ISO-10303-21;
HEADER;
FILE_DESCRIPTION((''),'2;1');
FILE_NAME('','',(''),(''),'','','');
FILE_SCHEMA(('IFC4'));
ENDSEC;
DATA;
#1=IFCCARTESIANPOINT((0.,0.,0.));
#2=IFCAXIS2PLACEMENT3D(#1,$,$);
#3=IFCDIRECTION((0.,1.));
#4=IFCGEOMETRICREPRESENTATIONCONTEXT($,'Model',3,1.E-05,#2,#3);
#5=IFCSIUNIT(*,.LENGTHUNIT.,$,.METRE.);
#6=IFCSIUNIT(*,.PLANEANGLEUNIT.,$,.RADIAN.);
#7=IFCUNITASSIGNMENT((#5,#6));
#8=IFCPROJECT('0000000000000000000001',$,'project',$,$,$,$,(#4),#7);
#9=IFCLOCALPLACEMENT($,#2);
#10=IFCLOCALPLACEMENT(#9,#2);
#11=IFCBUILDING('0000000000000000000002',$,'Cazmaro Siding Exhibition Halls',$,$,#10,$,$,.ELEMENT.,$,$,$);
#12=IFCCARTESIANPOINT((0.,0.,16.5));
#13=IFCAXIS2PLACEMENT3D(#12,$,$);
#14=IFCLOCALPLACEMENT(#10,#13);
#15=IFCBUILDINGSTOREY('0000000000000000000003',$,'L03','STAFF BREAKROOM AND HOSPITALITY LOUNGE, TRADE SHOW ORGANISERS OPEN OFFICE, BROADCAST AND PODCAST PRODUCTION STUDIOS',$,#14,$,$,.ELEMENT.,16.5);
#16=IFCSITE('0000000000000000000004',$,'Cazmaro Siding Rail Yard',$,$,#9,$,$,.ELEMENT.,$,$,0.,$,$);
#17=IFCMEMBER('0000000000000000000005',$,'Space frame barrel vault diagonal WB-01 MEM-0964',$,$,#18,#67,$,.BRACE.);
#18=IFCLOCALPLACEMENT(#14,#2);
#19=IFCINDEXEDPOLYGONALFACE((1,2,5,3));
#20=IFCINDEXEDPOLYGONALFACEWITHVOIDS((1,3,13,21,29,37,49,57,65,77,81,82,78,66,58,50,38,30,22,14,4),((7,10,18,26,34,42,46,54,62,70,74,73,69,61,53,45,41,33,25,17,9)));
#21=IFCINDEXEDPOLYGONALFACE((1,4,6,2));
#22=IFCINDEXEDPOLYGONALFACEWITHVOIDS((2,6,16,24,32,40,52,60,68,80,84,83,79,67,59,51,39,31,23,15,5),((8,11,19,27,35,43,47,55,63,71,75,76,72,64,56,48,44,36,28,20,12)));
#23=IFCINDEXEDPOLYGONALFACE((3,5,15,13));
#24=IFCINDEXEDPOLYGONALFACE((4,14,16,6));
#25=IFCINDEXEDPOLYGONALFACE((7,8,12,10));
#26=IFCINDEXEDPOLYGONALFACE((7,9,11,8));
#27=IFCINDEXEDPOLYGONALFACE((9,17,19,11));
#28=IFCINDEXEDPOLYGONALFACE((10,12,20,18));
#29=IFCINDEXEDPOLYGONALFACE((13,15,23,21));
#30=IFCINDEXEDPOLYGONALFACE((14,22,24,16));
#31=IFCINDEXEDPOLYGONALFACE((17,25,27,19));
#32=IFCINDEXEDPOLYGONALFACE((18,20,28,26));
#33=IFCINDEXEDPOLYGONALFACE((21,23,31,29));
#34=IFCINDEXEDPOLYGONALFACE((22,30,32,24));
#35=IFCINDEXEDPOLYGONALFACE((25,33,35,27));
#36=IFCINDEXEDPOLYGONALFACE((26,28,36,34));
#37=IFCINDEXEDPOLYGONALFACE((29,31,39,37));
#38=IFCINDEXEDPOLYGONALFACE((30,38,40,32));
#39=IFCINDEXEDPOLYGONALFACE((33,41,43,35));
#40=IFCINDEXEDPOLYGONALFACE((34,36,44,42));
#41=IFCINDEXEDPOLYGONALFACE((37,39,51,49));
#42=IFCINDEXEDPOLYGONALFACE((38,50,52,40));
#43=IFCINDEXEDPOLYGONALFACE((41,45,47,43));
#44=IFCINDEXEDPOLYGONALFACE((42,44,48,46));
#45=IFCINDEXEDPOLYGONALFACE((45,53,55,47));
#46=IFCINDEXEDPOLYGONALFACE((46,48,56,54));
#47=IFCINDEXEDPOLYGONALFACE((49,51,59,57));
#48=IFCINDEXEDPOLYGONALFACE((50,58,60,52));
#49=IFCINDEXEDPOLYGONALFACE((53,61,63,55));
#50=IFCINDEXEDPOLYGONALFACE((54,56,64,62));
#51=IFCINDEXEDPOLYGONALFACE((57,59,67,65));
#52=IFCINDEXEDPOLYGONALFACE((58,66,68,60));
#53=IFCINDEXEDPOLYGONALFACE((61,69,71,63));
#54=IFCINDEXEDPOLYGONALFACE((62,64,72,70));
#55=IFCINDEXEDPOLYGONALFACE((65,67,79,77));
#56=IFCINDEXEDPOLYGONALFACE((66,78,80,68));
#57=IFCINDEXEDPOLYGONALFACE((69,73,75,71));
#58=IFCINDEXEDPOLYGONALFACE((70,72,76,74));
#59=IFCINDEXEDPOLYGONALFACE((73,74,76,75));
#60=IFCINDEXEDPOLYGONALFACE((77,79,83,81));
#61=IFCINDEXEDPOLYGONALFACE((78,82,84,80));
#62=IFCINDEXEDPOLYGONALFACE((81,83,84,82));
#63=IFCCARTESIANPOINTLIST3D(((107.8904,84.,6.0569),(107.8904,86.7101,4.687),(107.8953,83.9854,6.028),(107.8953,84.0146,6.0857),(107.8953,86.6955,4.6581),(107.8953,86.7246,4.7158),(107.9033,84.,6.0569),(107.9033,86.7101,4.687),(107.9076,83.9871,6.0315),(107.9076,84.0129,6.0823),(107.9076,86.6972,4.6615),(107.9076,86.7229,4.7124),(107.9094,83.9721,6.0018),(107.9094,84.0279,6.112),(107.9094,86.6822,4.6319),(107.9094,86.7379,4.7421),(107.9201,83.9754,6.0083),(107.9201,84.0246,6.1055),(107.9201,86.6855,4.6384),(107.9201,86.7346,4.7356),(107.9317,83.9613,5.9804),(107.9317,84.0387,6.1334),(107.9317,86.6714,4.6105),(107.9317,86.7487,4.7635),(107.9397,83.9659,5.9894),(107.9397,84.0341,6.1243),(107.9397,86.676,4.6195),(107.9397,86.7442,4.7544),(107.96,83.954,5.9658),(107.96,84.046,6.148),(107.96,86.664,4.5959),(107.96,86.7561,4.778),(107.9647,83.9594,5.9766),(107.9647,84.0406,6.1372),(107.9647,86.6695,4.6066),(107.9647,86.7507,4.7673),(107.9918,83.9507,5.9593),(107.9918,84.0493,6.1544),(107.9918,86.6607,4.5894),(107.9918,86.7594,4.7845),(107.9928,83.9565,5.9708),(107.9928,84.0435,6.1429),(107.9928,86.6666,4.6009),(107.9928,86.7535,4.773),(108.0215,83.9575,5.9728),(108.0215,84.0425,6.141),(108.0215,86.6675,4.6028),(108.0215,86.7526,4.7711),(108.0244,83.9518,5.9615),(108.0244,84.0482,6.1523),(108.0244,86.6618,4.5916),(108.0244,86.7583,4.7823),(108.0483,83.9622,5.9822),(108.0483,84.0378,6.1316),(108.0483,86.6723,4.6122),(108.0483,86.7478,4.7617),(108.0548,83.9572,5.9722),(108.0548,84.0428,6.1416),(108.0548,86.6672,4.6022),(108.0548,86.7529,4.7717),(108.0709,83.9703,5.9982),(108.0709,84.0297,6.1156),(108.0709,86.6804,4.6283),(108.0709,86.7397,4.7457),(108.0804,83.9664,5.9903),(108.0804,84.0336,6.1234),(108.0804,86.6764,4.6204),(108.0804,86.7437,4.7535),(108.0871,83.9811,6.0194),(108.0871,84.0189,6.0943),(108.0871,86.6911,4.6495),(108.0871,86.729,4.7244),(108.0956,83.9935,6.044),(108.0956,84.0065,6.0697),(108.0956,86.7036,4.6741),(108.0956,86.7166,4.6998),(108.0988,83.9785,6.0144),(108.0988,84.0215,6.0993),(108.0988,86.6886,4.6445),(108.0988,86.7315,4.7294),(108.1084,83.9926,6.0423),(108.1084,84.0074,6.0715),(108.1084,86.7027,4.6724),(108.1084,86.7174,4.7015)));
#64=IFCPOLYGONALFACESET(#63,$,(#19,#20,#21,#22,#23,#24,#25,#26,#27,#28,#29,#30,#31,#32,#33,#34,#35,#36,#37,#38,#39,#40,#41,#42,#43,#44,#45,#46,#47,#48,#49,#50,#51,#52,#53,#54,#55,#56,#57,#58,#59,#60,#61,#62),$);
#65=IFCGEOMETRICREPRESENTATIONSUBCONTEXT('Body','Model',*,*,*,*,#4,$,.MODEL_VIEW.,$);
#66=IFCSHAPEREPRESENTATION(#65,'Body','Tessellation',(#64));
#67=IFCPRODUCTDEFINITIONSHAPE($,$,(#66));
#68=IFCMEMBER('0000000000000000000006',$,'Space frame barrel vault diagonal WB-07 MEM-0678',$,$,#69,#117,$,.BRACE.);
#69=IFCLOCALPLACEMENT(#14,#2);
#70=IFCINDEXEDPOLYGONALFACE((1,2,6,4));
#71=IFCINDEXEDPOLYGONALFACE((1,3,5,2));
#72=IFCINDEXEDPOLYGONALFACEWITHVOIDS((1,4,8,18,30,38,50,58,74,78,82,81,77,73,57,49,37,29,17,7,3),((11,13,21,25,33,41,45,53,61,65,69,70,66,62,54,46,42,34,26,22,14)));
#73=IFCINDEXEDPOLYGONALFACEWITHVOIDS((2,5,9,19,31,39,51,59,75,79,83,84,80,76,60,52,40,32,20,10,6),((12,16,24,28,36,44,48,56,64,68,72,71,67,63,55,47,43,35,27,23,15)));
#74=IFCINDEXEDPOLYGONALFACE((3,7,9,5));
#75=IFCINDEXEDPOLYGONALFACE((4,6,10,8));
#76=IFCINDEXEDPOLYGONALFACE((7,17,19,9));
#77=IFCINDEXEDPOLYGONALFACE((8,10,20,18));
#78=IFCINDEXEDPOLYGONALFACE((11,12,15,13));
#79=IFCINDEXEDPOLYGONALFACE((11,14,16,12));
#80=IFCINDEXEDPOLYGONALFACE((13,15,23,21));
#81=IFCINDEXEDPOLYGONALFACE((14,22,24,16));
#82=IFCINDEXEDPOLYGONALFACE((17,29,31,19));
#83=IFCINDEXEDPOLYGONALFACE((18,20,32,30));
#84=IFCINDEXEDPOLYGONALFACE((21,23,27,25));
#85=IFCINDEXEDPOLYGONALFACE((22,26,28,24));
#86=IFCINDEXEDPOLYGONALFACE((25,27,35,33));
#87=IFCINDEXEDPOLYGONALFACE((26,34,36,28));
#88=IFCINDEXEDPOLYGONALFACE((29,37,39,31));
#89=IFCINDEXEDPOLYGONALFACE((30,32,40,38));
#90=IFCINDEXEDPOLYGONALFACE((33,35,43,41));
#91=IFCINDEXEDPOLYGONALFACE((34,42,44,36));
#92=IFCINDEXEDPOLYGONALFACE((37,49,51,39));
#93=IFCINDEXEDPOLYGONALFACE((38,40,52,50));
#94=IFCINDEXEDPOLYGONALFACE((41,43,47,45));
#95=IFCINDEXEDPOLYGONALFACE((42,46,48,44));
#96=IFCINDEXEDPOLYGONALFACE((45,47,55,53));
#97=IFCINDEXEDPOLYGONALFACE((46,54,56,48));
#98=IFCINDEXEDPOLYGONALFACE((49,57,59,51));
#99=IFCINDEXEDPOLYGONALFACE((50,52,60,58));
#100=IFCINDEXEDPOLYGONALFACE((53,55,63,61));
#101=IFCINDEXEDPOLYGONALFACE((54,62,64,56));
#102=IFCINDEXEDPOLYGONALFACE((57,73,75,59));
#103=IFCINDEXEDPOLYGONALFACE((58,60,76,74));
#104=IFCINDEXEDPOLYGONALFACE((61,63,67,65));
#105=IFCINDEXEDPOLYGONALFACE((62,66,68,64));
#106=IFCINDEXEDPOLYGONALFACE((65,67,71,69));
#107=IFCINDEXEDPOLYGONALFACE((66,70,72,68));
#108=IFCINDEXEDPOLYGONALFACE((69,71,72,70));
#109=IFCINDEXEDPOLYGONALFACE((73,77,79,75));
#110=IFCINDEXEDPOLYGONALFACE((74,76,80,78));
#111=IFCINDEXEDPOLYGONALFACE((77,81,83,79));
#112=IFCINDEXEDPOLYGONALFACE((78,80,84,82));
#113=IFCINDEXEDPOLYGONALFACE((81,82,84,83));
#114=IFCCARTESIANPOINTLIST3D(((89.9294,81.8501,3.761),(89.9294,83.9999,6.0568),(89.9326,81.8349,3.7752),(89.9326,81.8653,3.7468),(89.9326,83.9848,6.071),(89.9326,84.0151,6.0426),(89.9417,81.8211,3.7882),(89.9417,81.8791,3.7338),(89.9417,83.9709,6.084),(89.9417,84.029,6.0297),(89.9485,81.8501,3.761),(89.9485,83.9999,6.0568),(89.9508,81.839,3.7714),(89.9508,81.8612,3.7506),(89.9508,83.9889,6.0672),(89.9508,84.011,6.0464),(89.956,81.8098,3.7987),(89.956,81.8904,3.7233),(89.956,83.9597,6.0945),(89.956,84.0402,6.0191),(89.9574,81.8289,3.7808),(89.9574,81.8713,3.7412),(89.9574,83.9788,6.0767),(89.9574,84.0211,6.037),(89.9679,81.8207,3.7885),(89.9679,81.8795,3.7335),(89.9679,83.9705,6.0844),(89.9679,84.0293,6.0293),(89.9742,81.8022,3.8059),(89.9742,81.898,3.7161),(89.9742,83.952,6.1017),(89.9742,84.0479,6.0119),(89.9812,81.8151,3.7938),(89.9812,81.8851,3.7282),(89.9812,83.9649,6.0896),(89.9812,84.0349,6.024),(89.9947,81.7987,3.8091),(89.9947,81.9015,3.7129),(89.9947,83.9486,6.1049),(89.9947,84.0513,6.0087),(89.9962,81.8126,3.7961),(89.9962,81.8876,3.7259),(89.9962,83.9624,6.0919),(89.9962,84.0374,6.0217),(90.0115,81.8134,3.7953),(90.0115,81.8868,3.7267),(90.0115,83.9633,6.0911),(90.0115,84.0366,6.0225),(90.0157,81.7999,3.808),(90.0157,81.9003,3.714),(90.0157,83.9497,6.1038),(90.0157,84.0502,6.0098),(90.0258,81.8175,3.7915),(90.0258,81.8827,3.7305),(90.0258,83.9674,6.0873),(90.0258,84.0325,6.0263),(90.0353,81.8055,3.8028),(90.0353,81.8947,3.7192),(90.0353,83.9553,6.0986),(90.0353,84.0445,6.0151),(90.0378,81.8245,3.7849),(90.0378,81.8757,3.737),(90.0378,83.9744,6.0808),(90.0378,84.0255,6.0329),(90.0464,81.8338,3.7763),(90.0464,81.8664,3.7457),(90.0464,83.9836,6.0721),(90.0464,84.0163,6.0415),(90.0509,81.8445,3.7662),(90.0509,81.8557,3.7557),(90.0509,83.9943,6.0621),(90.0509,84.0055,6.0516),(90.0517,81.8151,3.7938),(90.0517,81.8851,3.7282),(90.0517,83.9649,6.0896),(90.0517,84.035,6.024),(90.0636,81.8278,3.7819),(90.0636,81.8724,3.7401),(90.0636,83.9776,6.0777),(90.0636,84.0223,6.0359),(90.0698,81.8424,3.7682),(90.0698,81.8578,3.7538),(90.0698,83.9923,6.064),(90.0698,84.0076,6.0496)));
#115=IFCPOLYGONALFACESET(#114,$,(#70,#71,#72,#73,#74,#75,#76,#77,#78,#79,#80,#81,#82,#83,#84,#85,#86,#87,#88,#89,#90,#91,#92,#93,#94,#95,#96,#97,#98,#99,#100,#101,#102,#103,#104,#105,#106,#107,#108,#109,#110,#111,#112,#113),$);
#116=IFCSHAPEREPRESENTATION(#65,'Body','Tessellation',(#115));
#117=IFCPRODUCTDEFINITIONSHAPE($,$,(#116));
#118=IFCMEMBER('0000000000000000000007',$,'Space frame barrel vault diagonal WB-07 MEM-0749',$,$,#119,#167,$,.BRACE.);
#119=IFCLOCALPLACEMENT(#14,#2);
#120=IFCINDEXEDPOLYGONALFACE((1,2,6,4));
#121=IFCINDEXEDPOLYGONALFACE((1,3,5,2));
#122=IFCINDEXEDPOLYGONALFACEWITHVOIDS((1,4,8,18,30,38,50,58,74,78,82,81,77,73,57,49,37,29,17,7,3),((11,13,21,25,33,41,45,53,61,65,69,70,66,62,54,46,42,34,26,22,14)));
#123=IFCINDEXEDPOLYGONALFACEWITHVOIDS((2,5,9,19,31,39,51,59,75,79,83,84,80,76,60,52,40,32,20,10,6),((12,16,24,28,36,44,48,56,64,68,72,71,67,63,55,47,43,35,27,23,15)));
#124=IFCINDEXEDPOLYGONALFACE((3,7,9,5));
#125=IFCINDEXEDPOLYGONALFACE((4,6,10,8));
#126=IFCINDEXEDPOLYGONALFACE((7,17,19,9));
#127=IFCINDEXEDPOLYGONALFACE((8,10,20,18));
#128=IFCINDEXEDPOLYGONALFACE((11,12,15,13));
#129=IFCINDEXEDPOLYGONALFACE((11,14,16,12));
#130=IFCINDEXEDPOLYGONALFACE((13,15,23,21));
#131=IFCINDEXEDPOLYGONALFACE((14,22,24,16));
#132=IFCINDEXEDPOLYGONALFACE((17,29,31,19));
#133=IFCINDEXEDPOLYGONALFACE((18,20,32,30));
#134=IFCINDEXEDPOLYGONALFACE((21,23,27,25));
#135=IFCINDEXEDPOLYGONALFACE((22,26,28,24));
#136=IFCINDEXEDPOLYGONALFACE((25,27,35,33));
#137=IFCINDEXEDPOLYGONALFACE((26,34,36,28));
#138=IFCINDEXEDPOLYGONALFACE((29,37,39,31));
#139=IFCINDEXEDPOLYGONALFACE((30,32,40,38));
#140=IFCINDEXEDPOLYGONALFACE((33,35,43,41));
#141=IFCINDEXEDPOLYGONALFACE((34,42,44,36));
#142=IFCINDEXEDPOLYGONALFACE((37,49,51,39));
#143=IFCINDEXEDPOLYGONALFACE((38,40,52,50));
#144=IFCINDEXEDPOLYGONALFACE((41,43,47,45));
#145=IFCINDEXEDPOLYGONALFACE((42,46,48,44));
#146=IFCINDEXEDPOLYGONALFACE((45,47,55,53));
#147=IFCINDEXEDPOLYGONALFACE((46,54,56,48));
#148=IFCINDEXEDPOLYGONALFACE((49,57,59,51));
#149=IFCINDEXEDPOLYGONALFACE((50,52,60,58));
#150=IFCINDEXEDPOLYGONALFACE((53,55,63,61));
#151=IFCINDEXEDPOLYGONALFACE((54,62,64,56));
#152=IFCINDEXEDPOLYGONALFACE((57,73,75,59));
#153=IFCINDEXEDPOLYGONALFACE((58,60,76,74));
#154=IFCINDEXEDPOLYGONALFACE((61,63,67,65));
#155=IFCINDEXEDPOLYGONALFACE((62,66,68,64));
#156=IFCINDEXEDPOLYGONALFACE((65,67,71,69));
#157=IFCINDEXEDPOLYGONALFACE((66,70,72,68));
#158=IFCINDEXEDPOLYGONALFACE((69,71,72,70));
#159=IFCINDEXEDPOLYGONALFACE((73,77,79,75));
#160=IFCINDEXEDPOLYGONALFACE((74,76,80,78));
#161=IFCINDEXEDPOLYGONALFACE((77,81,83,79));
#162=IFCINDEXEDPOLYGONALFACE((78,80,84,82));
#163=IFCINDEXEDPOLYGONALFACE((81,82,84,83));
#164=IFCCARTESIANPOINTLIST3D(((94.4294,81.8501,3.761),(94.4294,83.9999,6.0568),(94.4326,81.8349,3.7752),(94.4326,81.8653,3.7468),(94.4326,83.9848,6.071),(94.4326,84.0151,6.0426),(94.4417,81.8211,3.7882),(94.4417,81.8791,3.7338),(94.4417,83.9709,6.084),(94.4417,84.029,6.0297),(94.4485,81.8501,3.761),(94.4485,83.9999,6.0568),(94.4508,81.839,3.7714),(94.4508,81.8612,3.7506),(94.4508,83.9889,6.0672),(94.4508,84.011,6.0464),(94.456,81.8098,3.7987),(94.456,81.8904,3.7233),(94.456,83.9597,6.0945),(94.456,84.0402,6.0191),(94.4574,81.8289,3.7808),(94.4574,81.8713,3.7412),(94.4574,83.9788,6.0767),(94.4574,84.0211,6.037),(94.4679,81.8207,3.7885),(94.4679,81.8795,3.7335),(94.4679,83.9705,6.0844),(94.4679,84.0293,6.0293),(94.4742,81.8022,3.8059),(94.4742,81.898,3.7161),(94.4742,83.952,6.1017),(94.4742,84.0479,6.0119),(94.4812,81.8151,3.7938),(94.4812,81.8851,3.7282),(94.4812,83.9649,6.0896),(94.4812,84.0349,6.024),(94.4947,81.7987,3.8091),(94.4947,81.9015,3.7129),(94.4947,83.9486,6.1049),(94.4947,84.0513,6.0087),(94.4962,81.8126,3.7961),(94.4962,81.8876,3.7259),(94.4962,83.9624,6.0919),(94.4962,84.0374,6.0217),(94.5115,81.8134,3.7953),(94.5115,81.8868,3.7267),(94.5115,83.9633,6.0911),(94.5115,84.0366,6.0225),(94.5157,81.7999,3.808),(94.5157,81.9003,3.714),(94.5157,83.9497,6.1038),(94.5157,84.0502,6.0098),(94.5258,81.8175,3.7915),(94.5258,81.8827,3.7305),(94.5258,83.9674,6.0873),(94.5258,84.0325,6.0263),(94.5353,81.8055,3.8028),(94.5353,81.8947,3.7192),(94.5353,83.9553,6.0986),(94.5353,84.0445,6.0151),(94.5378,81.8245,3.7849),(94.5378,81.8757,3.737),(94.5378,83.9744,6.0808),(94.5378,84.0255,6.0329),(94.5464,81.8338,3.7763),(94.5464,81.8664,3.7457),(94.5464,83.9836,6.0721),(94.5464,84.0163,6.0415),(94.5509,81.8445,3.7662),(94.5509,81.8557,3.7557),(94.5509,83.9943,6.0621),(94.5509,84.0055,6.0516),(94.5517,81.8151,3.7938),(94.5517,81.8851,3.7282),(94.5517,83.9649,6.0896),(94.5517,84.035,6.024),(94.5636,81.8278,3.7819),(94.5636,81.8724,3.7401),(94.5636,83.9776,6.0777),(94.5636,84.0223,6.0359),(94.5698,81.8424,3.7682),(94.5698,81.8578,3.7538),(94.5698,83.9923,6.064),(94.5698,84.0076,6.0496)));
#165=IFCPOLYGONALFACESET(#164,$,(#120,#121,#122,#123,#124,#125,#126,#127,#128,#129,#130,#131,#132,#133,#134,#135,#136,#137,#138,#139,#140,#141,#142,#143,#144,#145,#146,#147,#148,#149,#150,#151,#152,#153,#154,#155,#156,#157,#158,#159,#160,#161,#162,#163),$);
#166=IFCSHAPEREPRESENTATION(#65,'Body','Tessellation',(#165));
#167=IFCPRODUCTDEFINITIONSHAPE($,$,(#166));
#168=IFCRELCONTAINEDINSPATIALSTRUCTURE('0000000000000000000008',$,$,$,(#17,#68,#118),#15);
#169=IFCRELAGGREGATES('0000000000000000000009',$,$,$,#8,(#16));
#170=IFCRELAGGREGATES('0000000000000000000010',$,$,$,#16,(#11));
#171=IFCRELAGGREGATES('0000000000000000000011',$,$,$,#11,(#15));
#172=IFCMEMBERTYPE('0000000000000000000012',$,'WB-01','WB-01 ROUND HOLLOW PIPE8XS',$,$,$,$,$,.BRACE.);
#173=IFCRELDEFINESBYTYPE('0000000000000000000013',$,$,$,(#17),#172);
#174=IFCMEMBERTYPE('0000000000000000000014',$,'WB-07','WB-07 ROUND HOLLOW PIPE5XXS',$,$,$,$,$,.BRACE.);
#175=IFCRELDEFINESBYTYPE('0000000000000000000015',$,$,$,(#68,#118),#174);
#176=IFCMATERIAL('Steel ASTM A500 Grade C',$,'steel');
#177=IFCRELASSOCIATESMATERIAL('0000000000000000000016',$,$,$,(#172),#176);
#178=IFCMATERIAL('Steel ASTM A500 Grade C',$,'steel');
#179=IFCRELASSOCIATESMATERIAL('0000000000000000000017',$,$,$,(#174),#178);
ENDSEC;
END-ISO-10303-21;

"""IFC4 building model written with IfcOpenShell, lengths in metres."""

from ifc_helpers import new_model, si_unit, direction, frame, origin, origin_2d, place, context, subcontext, project, spatial, hollow_circle, extrude, material, material_profile, profile_set, type_object, element, save


model = new_model("IFC4")

# Units and contexts
model_context = context("Model", 3, precision=1e-05, world=origin(), true_north=direction((0.0, 1.0)))
body_context = subcontext(model_context, "Body", "Model", "MODEL_VIEW")
ifc_project = project(units=[si_unit("LENGTHUNIT", "METRE"), si_unit("PLANEANGLEUNIT", "RADIAN")], contexts=[model_context])

# Site, building, storey
site_placement = place(None, origin())
site = spatial("IfcSite", under=ifc_project, at=site_placement, Name="Cazmaro Siding Rail Yard", CompositionType="ELEMENT", RefElevation=0.0)
building_placement = place(site_placement, origin())
building = spatial("IfcBuilding", under=site, at=building_placement, Name="Cazmaro Siding Exhibition Halls", CompositionType="ELEMENT")
storey_placement = place(building_placement, frame((0.0, 0.0, 16.5)))
storey = spatial("IfcBuildingStorey", under=building, at=storey_placement, Name="L03", Description="STAFF BREAKROOM AND HOSPITALITY LOUNGE, TRADE SHOW ORGANISERS OPEN OFFICE, BROADCAST AND PODCAST PRODUCTION STUDIOS", CompositionType="ELEMENT", Elevation=16.5)

# Members
ifc_material_1 = material(Name="Steel ASTM A500 Grade C", Category="steel")
ifc_material_profile_1 = material_profile(ifc_material_1, hollow_circle(Radius=0.1096, WallThickness=0.0129, at=origin_2d()), Name="PIPE8XS")
ifc_profile_set_1 = profile_set([ifc_material_profile_1], Name="Steel ASTM A500 Grade C")
member_type_1 = type_object("IfcMemberType", Name="WB-01", Description="WB-01 ROUND HOLLOW PIPE8XS", PredefinedType="BRACE", material=ifc_profile_set_1)
for number, where, z_axis, x_axis, name in (
    (1, (108.0, 84.0, 6.0569), (0.0, 0.892457, -0.451133), (-1.0, 0.0, 0.0), "Space frame barrel vault diagonal WB-01 MEM-0964"),
):
    element("IfcMember", number, at=place(storey_placement, frame(where, z_axis=z_axis, x_axis=x_axis)), inside=storey, type_object=member_type_1, Name=name, PredefinedType="BRACE", context=body_context, shape_type="SweptSolid", body=[
        extrude(hollow_circle(Radius=0.1096, WallThickness=0.0129, at=origin_2d()), origin(), (0.0, 0.0, 1.0), 3.0366),
    ])
ifc_material_2 = material(Name="Steel ASTM A500 Grade C", Category="steel")
ifc_material_profile_2 = material_profile(ifc_material_2, hollow_circle(Radius=0.0706, WallThickness=0.019, at=origin_2d()), Name="PIPE5XXS")
ifc_profile_set_2 = profile_set([ifc_material_profile_2], Name="Steel ASTM A500 Grade C")
member_type_2 = type_object("IfcMemberType", Name="WB-07", Description="WB-07 ROUND HOLLOW PIPE5XXS", PredefinedType="BRACE", material=ifc_profile_set_2)
for number, where, z_axis, x_axis, name in (
    (2, (90.0, 81.8501, 3.761), (0.0, 0.683518, 0.729934), (-1.0, 0.0, 0.0), "Space frame barrel vault diagonal WB-07 MEM-0678"),
    (3, (94.5, 81.8501, 3.761), (0.0, 0.683518, 0.729934), (-1.0, 0.0, 0.0), "Space frame barrel vault diagonal WB-07 MEM-0749"),
):
    element("IfcMember", number, at=place(storey_placement, frame(where, z_axis=z_axis, x_axis=x_axis)), inside=storey, type_object=member_type_2, Name=name, PredefinedType="BRACE", context=body_context, shape_type="SweptSolid", body=[
        extrude(hollow_circle(Radius=0.0706, WallThickness=0.019, at=origin_2d()), origin(), (0.0, 0.0, 1.0), 3.1453),
    ])

save(model, "model.ifc")
